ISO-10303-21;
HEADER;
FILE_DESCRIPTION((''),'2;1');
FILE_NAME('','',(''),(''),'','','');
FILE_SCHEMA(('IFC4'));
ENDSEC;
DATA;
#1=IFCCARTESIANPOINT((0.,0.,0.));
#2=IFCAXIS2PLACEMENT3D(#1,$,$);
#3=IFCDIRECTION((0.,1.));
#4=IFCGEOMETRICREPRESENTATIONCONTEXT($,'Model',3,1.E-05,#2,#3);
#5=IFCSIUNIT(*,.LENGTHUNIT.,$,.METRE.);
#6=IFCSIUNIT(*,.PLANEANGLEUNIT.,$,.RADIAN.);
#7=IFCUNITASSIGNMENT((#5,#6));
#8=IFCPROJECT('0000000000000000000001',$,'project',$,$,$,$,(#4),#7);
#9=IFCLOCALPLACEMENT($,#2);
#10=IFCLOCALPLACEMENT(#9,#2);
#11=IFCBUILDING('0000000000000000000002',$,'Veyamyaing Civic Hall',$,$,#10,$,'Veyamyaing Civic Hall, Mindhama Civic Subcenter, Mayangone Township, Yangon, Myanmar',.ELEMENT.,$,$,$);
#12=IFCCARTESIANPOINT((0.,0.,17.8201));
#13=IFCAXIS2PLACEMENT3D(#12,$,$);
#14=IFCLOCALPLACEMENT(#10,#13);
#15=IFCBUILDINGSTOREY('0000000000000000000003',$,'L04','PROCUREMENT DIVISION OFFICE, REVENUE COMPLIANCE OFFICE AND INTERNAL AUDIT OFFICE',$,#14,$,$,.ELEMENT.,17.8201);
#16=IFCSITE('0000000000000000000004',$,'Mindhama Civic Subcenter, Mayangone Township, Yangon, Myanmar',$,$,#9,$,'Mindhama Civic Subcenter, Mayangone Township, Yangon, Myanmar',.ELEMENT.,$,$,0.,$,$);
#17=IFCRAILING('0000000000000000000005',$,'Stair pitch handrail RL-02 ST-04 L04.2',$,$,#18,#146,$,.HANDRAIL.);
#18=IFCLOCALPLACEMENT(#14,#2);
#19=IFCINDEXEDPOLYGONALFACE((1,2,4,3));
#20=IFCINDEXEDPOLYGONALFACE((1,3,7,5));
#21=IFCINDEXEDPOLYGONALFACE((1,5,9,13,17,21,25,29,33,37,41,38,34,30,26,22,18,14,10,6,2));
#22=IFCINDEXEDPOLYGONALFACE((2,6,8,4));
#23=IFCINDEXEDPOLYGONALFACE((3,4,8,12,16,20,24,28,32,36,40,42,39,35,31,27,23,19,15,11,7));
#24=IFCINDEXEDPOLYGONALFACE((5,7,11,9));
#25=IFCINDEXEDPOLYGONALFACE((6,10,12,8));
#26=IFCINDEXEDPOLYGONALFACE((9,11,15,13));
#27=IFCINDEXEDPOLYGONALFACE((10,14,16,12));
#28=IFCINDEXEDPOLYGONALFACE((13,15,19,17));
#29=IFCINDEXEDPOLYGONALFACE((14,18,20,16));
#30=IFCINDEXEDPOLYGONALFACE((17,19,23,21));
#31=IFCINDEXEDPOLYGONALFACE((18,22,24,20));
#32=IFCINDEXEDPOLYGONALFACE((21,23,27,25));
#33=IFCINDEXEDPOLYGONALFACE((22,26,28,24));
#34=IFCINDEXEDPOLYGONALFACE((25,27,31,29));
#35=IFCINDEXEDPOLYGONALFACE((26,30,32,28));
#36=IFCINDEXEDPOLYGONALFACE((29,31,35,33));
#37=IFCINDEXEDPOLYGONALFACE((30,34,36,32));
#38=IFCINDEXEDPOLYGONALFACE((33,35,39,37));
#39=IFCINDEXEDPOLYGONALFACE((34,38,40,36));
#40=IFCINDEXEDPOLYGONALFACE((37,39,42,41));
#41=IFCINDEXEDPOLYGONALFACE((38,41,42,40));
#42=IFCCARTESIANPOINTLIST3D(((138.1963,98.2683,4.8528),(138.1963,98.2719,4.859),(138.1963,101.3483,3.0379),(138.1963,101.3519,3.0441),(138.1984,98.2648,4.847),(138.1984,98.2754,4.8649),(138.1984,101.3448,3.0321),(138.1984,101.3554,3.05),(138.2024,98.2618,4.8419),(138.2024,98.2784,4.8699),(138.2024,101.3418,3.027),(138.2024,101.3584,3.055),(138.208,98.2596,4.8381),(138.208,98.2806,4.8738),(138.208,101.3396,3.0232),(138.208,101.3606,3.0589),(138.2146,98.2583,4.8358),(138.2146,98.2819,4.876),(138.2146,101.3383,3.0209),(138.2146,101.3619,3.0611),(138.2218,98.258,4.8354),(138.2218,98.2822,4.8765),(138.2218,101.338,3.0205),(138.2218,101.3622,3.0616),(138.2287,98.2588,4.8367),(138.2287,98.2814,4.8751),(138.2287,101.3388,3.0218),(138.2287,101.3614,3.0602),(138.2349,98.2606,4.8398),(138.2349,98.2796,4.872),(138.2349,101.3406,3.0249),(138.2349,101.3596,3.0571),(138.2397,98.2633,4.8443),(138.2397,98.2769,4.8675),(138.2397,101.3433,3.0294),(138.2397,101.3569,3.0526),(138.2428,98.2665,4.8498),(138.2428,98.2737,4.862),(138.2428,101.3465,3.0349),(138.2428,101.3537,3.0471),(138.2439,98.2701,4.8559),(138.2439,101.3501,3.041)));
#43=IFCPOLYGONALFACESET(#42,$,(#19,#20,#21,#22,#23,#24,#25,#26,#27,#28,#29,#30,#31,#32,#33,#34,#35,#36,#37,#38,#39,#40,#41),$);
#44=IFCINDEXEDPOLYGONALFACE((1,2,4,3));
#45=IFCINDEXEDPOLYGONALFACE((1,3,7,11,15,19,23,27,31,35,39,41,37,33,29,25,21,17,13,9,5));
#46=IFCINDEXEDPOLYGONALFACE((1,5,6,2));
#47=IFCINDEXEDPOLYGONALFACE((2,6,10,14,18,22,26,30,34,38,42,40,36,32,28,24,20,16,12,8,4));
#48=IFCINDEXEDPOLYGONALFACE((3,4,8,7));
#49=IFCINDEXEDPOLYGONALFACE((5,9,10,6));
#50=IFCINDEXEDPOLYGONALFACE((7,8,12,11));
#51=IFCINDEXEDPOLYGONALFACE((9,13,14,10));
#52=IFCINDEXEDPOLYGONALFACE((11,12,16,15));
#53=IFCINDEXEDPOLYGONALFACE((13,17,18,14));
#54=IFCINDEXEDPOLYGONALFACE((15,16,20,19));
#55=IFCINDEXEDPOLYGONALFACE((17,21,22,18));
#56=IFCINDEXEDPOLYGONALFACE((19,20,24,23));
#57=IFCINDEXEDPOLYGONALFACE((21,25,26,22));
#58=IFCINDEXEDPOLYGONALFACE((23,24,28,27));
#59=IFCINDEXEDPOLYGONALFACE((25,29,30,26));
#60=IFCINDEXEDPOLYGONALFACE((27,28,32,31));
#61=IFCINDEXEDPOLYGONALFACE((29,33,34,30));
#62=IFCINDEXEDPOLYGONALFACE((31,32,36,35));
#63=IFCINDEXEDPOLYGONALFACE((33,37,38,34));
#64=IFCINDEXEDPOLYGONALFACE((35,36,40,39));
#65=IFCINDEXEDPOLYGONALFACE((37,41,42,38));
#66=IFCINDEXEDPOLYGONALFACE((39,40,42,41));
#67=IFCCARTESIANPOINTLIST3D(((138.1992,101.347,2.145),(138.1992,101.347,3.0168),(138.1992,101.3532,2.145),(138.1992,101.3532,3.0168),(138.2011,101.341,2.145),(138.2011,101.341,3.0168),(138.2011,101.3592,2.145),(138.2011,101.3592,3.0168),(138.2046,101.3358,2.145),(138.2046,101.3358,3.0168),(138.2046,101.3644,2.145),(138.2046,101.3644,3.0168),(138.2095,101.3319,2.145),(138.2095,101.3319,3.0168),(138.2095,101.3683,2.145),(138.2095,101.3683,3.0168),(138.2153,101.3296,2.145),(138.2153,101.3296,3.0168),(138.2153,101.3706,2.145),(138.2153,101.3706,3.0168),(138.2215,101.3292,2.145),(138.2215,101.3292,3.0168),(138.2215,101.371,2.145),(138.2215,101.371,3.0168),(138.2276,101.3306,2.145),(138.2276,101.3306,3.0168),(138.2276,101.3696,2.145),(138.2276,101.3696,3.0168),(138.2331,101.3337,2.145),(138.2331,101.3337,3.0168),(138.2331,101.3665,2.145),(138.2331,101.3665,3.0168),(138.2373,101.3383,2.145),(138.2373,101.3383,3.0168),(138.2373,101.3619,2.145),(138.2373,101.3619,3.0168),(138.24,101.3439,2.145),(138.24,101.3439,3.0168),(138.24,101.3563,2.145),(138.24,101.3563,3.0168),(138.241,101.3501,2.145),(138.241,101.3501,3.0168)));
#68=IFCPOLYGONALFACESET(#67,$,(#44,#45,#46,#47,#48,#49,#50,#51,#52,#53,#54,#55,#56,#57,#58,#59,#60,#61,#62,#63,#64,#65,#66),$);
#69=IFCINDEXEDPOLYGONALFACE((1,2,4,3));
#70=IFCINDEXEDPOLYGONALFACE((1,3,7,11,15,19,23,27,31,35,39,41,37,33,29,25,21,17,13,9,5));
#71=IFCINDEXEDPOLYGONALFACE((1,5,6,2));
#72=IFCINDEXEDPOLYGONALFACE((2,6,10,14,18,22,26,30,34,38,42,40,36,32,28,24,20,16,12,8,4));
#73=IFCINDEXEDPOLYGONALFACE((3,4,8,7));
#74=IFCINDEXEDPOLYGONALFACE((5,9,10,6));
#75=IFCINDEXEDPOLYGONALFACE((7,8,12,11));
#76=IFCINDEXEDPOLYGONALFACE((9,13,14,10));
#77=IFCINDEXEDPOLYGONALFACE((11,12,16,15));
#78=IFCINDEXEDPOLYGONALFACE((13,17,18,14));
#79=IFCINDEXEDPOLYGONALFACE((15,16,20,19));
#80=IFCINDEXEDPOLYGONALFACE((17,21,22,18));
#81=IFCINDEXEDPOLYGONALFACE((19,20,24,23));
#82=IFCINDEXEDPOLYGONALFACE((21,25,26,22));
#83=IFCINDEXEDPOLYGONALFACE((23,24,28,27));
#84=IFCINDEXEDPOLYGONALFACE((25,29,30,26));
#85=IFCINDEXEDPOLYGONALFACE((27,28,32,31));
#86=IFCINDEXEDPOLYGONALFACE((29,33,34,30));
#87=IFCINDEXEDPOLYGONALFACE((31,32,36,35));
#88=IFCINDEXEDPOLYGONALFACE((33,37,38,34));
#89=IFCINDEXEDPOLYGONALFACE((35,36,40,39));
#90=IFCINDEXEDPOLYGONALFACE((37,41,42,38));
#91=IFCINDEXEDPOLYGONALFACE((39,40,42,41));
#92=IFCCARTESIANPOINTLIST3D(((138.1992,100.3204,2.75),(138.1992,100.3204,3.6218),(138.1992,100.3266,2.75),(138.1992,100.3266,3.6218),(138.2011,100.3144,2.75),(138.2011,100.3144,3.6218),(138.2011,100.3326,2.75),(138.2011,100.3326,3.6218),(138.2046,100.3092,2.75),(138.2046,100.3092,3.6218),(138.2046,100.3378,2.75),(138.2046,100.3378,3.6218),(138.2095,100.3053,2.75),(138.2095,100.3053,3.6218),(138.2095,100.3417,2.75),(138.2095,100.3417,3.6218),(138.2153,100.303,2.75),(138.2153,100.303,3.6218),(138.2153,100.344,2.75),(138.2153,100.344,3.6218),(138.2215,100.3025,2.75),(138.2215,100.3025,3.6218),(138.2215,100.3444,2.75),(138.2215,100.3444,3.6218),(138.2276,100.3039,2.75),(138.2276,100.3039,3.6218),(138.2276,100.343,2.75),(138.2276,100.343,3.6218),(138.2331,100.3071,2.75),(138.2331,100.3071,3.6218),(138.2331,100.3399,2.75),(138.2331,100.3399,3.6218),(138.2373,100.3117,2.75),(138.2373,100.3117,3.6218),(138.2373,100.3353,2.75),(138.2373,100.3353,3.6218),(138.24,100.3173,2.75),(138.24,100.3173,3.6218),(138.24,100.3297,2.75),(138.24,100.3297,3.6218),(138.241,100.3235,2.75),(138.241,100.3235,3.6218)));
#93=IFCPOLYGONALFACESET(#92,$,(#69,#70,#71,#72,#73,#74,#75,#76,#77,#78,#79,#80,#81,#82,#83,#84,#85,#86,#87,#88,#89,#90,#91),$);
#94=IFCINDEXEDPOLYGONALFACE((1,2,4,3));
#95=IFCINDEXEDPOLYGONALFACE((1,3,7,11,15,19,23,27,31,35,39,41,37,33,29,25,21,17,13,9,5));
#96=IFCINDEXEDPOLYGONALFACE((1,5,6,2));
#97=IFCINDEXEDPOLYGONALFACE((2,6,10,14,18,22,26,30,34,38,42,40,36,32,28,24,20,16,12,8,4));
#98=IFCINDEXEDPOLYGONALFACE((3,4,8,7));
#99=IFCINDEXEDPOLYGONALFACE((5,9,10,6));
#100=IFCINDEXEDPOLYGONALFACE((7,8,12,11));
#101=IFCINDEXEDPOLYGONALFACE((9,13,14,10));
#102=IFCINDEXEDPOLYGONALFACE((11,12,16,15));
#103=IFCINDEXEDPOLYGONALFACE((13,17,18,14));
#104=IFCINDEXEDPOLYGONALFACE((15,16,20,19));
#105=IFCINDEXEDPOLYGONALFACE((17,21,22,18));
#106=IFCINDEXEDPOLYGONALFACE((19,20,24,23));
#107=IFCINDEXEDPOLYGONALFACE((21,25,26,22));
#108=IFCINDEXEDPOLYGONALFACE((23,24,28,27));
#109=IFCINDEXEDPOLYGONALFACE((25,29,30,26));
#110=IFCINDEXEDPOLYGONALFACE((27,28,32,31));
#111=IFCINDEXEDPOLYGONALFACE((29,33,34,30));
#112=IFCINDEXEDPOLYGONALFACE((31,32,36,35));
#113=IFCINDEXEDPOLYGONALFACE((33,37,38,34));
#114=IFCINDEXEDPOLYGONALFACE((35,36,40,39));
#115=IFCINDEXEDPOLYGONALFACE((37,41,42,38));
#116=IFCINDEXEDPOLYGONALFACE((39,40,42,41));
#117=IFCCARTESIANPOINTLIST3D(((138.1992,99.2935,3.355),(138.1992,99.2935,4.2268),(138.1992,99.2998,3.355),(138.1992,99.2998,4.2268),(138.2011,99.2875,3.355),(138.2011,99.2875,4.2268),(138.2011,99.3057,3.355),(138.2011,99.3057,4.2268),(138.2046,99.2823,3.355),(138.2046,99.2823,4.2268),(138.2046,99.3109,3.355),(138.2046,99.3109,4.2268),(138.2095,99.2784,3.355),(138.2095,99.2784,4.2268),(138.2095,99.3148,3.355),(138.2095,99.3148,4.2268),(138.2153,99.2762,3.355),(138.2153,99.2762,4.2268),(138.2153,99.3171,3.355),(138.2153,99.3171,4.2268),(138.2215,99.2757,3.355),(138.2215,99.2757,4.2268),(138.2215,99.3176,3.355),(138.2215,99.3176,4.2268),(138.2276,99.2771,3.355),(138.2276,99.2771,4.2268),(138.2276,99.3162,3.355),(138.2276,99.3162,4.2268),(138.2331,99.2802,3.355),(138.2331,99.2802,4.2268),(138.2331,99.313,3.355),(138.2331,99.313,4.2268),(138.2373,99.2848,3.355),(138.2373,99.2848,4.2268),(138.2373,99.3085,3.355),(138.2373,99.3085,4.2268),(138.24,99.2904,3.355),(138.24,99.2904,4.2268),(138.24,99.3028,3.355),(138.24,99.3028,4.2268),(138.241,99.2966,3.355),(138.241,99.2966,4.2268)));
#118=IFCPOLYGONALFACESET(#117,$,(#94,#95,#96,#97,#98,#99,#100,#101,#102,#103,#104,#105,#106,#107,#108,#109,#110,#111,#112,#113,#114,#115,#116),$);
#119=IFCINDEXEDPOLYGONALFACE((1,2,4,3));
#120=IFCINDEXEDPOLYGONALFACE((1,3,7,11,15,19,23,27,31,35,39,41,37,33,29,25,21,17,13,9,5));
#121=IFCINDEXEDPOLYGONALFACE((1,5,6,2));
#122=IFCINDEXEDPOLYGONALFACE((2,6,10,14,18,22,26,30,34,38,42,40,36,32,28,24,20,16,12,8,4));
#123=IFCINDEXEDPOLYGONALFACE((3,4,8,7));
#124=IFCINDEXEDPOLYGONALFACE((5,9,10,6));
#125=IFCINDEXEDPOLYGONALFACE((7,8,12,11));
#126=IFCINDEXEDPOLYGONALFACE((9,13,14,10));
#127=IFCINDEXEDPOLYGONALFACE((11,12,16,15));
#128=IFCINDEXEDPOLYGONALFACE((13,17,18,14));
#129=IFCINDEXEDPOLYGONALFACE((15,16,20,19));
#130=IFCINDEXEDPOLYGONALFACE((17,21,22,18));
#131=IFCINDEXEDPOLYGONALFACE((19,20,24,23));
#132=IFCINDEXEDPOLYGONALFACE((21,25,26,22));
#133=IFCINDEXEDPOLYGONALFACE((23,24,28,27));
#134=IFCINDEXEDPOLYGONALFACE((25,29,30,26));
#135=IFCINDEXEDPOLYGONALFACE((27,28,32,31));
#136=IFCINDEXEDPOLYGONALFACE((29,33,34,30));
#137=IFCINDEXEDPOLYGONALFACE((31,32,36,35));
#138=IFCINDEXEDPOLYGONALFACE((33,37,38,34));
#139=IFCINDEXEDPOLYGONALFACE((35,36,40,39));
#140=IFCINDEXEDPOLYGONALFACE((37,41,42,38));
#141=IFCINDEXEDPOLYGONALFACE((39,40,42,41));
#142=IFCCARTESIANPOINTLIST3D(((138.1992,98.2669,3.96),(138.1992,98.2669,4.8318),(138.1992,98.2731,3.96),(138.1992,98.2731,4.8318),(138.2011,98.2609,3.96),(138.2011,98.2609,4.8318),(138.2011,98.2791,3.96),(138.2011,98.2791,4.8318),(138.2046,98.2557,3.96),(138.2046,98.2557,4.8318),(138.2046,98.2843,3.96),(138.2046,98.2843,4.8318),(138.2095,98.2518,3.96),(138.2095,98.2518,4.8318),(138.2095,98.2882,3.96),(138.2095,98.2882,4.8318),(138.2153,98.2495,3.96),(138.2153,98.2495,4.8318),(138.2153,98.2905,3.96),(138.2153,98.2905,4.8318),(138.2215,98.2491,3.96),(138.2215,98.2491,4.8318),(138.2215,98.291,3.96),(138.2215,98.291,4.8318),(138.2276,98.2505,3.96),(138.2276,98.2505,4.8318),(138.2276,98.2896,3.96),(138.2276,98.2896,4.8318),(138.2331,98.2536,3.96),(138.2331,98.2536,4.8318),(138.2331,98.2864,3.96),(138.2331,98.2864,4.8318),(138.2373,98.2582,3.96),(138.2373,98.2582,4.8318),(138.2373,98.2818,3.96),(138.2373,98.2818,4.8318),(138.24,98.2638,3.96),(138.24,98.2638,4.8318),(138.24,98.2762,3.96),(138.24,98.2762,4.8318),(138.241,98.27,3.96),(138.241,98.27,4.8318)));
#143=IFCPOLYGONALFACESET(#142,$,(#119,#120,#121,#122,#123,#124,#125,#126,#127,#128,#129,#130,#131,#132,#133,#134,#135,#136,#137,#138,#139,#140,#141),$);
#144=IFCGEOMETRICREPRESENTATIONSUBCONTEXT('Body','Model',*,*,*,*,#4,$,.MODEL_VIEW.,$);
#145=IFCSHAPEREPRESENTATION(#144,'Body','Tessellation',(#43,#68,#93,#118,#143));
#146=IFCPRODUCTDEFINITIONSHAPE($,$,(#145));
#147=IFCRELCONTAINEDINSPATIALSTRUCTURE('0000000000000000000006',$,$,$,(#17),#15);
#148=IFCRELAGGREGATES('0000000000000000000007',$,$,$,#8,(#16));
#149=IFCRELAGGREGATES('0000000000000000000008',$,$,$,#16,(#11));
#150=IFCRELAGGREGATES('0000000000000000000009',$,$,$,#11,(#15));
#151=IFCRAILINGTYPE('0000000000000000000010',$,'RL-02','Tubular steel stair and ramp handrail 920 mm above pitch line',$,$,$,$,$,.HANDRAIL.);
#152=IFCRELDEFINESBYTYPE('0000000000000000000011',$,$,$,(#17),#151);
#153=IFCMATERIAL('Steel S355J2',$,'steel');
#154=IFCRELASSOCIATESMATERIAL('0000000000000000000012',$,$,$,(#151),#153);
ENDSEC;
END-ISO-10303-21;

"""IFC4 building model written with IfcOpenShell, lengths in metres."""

from ifc_helpers import new_model, si_unit, direction, frame, origin, origin_2d, place, context, subcontext, project, spatial, circle, extrude, material, type_object, element, save


model = new_model("IFC4")

# Units and contexts
model_context = context("Model", 3, precision=1e-05, world=origin(), true_north=direction((0.0, 1.0)))
body_context = subcontext(model_context, "Body", "Model", "MODEL_VIEW")
ifc_project = project(units=[si_unit("LENGTHUNIT", "METRE"), si_unit("PLANEANGLEUNIT", "RADIAN")], contexts=[model_context])

# Site, building, storey
site_placement = place(None, origin())
site = spatial("IfcSite", under=ifc_project, at=site_placement, Name="Mindhama Civic Subcenter, Mayangone Township, Yangon, Myanmar", LongName="Mindhama Civic Subcenter, Mayangone Township, Yangon, Myanmar", CompositionType="ELEMENT", RefElevation=0.0)
building_placement = place(site_placement, origin())
building = spatial("IfcBuilding", under=site, at=building_placement, Name="Veyamyaing Civic Hall", LongName="Veyamyaing Civic Hall, Mindhama Civic Subcenter, Mayangone Township, Yangon, Myanmar", CompositionType="ELEMENT")
storey_placement = place(building_placement, frame((0.0, 0.0, 17.8201)))
storey = spatial("IfcBuildingStorey", under=building, at=storey_placement, Name="L04", Description="PROCUREMENT DIVISION OFFICE, REVENUE COMPLIANCE OFFICE AND INTERNAL AUDIT OFFICE", CompositionType="ELEMENT", Elevation=17.8201)

# Railing
ifc_material_1 = material(Name="Steel S355J2", Category="steel")
railing_type_1 = type_object("IfcRailingType", Name="RL-02", Description="Tubular steel stair and ramp handrail 920 mm above pitch line", PredefinedType="HANDRAIL", material=ifc_material_1)
railing_1_placement = place(storey_placement, frame((138.22, 101.3501, 2.145)))
element("IfcRailing", 1, at=railing_1_placement, inside=storey, type_object=railing_type_1, Name="Stair pitch handrail RL-02 ST-04 L04.2", PredefinedType="HANDRAIL", context=body_context, shape_type="SweptSolid", body=[
    extrude(circle(Radius=0.0239, at=origin_2d()), frame((0.0, 0.0, 0.896), z_axis=(0.0, -0.861551, 0.507671), x_axis=(1.0, 0.0, 0.0)), (0.0, 0.0, 1.0), 3.575),
    extrude(circle(Radius=0.021, at=origin_2d()), origin(), (0.0, 0.0, 1.0), 0.8718),
    extrude(circle(Radius=0.021, at=origin_2d()), frame((0.0, -1.0266, 0.605)), (0.0, 0.0, 1.0), 0.8718),
    extrude(circle(Radius=0.021, at=origin_2d()), frame((0.0, -2.0535, 1.21)), (0.0, 0.0, 1.0), 0.8718),
    extrude(circle(Radius=0.021, at=origin_2d()), frame((0.0, -3.0801, 1.8149)), (0.0, 0.0, 1.0), 0.8718),
])

save(model, "model.ifc")
